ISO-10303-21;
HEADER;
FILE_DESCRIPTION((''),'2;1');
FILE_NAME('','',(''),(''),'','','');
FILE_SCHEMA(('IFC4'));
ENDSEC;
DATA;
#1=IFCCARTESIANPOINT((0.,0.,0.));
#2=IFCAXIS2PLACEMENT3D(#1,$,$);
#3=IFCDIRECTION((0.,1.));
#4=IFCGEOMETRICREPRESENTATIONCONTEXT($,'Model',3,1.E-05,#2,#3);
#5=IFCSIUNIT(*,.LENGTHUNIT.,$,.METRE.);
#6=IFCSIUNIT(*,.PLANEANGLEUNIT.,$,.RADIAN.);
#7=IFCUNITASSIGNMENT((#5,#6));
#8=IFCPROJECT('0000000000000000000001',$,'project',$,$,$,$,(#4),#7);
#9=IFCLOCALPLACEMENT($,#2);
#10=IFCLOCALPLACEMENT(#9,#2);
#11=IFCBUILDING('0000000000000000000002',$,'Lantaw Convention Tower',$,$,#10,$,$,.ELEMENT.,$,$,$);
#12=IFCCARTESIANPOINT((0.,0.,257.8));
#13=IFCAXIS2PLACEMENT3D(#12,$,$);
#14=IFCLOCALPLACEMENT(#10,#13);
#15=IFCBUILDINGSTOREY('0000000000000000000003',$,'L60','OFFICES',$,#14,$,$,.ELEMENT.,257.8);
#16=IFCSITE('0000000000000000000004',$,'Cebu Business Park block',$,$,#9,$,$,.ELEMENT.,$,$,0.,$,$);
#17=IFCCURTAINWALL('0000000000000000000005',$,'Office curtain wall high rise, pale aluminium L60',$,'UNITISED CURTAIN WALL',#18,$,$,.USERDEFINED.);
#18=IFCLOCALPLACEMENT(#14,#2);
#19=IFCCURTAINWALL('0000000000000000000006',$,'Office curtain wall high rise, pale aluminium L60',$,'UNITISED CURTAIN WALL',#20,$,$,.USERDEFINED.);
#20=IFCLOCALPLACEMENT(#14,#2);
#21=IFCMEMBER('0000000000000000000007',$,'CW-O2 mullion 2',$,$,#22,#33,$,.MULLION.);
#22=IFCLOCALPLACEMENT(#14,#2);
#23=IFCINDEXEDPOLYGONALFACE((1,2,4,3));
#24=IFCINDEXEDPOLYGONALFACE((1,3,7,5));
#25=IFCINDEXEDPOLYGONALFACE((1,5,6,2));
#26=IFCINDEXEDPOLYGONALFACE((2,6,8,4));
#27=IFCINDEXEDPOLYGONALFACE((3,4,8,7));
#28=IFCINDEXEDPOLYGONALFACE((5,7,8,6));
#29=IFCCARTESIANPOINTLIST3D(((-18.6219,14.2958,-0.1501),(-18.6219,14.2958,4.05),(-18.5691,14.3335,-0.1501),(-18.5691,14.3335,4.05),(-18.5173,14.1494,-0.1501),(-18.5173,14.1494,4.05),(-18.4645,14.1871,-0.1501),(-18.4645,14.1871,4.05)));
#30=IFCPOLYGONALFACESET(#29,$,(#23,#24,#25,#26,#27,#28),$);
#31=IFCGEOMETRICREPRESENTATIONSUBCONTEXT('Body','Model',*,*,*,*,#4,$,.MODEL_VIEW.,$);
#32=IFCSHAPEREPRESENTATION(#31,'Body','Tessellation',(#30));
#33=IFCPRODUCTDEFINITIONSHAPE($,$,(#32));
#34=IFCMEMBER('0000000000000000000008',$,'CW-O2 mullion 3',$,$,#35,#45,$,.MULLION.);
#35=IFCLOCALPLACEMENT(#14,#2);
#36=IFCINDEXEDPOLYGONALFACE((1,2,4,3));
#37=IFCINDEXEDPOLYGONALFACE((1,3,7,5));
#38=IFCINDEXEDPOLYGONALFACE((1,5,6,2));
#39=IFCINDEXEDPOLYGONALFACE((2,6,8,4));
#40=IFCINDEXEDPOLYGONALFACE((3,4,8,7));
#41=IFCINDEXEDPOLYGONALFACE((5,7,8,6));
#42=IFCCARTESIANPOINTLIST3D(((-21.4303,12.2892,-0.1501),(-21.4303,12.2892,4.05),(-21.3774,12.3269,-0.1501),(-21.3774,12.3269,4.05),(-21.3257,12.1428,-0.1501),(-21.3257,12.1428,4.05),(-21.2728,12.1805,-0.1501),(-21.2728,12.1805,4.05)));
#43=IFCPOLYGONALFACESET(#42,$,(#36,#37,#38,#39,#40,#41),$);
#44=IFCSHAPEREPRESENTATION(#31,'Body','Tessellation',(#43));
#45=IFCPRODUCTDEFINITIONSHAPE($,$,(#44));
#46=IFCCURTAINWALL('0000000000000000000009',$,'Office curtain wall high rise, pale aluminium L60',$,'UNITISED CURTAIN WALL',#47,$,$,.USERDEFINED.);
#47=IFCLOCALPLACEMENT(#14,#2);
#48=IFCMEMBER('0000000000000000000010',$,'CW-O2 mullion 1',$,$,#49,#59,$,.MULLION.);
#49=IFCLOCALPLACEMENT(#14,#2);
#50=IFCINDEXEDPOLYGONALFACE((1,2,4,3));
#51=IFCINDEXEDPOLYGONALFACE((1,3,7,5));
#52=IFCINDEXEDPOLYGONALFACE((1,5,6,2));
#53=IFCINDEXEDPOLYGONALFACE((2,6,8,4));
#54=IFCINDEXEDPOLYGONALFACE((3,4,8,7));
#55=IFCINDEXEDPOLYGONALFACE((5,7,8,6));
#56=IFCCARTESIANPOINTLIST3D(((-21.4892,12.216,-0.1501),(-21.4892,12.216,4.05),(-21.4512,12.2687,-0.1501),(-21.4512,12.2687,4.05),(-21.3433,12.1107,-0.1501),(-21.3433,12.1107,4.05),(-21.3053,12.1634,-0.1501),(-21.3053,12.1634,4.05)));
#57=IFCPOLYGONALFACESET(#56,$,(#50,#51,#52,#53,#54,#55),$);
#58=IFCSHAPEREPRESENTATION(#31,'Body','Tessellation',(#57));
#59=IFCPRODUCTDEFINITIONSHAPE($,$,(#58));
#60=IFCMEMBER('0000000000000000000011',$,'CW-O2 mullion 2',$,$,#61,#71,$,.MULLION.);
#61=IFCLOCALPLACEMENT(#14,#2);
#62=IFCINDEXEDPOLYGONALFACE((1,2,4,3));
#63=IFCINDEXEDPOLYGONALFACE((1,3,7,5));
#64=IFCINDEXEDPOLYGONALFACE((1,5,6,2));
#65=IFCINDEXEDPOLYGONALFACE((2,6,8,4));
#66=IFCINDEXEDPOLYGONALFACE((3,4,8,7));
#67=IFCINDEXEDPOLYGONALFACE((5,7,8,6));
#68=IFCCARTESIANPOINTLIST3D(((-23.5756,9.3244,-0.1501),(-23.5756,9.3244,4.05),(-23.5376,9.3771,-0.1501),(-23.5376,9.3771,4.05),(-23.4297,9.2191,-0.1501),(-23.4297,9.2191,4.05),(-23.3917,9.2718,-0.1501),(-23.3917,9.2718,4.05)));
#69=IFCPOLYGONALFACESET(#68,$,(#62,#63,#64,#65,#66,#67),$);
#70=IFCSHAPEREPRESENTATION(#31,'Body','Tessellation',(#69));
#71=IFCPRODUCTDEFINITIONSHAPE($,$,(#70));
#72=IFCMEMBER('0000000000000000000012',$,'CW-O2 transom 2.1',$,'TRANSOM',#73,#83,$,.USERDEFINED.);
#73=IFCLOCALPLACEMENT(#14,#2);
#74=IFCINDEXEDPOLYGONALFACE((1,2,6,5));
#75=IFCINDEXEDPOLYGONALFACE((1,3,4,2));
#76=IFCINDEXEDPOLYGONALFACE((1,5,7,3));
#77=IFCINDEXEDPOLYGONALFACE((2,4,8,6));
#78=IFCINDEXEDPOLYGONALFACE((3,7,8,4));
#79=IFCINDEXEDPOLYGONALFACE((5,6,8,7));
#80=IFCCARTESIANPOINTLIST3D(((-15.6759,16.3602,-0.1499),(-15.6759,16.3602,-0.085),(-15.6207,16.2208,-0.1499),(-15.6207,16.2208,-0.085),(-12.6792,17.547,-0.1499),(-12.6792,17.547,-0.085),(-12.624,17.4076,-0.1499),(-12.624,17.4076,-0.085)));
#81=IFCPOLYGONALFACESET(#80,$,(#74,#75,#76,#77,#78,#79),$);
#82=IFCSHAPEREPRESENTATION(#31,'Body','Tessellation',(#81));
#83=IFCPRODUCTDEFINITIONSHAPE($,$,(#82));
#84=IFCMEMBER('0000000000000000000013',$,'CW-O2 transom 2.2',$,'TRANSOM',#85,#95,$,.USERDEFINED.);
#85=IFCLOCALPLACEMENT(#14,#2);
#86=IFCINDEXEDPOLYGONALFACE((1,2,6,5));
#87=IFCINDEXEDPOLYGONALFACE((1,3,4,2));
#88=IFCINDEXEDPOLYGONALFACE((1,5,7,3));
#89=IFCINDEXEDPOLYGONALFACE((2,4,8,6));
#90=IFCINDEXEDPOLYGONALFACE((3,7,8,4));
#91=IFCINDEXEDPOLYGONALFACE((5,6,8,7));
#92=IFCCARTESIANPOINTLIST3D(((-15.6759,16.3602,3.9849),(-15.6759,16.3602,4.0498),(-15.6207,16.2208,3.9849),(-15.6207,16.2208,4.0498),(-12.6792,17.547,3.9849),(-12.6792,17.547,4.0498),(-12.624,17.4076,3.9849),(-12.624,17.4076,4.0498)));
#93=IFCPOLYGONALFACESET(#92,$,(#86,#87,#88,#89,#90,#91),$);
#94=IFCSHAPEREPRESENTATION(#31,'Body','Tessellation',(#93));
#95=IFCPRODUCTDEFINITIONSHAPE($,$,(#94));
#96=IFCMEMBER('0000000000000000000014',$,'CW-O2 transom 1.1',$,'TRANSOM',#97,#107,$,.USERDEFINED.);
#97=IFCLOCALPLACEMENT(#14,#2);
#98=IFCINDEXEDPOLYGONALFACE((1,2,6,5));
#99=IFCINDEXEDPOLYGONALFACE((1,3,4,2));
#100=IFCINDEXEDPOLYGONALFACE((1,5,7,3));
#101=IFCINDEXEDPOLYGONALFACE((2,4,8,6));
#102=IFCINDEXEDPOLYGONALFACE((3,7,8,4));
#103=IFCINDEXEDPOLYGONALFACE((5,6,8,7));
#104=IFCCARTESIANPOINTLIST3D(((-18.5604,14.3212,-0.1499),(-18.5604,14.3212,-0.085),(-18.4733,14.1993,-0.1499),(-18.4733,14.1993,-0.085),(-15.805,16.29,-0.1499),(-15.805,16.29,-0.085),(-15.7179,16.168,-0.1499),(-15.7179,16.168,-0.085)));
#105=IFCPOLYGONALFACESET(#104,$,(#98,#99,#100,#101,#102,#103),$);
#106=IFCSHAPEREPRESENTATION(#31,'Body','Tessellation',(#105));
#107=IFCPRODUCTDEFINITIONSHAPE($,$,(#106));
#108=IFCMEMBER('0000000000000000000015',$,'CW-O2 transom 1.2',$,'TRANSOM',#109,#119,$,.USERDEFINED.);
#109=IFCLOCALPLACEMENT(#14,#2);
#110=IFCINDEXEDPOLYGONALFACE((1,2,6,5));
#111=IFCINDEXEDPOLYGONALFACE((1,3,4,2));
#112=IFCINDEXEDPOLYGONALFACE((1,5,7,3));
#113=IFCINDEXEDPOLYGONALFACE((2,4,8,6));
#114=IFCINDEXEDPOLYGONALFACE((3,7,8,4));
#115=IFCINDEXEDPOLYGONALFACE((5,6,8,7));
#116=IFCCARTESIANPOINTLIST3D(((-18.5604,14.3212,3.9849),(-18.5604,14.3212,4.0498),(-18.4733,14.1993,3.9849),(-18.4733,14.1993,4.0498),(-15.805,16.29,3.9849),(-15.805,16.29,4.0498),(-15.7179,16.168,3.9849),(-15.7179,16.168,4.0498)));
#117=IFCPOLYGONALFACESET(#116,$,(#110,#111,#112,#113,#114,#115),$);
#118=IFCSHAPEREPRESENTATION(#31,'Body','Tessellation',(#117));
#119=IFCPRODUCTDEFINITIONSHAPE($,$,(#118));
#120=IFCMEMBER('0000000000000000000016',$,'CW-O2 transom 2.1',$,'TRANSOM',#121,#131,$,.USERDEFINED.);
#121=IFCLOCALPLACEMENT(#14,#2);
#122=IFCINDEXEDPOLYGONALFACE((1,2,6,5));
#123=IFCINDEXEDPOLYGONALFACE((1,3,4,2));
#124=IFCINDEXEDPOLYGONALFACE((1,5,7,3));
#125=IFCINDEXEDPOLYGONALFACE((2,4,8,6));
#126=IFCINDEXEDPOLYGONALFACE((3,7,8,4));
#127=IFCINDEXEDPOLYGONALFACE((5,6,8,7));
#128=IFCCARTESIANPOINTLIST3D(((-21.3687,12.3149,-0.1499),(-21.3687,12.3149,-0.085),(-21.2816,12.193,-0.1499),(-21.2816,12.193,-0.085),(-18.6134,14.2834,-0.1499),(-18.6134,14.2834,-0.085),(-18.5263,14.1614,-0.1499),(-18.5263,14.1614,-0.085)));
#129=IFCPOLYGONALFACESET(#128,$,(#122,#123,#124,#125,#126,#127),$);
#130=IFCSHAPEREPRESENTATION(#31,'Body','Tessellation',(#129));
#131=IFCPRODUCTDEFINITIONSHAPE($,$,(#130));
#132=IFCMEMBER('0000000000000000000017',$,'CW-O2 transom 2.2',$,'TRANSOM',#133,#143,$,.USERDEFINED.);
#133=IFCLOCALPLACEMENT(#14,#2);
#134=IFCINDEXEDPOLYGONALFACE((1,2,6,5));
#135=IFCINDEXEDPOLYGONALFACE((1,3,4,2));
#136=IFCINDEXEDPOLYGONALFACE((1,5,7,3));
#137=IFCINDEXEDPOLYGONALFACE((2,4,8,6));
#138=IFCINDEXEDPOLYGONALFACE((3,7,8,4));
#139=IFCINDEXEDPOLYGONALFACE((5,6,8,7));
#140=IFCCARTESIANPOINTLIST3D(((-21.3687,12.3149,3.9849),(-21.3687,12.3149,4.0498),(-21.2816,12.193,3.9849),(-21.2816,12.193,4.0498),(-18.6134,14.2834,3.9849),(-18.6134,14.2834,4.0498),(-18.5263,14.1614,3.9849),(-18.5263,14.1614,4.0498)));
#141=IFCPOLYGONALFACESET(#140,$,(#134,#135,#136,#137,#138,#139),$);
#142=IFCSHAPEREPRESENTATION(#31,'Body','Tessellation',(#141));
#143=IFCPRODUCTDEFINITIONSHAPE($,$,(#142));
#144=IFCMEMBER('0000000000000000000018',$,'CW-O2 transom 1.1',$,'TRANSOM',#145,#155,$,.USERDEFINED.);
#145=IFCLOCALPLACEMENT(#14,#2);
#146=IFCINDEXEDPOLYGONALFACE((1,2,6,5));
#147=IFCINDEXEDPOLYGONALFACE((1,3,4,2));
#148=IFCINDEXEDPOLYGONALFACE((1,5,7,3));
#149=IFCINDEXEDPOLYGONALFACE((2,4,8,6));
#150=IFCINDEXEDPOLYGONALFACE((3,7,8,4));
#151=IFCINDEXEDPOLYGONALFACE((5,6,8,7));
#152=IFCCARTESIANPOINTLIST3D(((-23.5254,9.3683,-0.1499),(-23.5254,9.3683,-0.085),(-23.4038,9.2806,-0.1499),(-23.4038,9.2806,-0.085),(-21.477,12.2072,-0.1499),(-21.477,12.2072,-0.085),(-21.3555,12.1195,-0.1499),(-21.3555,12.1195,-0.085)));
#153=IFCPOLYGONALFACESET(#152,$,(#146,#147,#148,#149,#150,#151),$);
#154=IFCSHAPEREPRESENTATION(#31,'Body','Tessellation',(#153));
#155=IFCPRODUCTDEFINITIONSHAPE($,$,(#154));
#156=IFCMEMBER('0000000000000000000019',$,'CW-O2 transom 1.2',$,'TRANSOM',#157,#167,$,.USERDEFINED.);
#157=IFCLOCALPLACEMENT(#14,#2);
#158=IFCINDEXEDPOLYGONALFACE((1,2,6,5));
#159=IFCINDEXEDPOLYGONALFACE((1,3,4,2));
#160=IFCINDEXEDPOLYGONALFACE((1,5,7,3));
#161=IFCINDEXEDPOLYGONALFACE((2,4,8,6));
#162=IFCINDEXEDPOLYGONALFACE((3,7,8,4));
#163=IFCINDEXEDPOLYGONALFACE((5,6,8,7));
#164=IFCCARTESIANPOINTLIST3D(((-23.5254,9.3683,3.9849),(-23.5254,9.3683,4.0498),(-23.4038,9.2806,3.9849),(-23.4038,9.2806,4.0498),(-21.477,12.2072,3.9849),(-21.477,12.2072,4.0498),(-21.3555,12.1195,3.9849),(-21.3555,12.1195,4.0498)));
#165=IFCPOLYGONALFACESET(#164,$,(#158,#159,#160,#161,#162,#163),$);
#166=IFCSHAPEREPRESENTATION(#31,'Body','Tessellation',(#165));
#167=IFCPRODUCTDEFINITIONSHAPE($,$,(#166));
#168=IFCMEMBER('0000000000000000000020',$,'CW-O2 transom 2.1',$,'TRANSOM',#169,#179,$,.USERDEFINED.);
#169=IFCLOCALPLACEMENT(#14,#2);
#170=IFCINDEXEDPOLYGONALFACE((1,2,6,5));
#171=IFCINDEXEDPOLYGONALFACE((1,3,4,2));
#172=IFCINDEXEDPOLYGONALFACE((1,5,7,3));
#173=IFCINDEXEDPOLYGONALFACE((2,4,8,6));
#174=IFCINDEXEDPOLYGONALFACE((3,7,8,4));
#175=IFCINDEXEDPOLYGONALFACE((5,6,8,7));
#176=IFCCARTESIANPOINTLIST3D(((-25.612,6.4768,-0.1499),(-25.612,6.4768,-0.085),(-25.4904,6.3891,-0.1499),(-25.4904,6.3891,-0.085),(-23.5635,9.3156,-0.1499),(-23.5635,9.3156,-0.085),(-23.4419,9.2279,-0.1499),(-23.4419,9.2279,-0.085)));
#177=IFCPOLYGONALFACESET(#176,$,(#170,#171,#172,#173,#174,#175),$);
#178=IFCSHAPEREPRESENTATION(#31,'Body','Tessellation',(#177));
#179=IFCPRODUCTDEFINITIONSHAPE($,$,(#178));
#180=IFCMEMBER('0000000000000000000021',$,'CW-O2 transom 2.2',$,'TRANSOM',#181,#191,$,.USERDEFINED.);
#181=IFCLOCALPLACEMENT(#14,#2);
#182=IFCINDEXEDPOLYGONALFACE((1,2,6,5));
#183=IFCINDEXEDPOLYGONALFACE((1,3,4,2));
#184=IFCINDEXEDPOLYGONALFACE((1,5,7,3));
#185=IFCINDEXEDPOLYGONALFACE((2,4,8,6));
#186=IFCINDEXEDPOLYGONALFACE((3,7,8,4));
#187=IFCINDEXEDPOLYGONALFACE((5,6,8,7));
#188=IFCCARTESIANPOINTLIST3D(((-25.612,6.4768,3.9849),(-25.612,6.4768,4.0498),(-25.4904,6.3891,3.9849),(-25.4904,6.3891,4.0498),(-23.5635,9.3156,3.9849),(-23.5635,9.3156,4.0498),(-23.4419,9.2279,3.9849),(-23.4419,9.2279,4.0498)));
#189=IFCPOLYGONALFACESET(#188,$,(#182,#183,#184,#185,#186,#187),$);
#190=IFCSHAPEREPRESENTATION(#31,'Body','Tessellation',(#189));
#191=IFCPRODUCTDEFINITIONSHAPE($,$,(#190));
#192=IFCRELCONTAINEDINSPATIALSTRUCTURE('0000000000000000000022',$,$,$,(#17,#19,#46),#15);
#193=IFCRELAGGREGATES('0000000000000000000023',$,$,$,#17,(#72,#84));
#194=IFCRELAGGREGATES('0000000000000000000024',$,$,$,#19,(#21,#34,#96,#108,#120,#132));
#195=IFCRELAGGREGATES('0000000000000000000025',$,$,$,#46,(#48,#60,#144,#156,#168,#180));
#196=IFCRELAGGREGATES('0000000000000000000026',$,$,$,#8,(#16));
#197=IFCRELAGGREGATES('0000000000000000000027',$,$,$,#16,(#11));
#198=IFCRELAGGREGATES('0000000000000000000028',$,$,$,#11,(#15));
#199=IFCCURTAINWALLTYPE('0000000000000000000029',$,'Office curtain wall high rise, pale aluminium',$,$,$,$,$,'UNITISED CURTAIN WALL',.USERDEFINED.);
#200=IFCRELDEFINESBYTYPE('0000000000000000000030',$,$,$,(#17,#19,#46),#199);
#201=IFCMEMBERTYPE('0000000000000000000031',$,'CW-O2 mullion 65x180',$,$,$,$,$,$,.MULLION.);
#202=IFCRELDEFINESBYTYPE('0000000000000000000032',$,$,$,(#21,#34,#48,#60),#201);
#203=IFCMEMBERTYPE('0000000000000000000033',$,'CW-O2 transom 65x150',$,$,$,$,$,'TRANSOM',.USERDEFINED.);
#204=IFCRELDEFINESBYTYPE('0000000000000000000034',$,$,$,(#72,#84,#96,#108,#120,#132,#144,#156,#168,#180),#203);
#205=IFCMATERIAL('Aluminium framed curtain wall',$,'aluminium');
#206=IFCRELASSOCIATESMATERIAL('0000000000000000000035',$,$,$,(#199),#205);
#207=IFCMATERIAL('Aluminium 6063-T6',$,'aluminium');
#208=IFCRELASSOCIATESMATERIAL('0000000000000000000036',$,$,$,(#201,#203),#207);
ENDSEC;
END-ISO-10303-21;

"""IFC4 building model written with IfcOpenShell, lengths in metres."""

from ifc_helpers import new_model, si_unit, direction, frame, origin, origin_2d, place, context, subcontext, project, spatial, rectangle, extrude, material, material_profile, profile_set, type_object, element, aggregate, save


model = new_model("IFC4")

# Units and contexts
model_context = context("Model", 3, precision=1e-05, world=origin(), true_north=direction((0.0, 1.0)))
body_context = subcontext(model_context, "Body", "Model", "MODEL_VIEW")
ifc_project = project(units=[si_unit("LENGTHUNIT", "METRE"), si_unit("PLANEANGLEUNIT", "RADIAN")], contexts=[model_context])

# Site, building, storey
site_placement = place(None, origin())
site = spatial("IfcSite", under=ifc_project, at=site_placement, Name="Cebu Business Park block", CompositionType="ELEMENT", RefElevation=0.0)
building_placement = place(site_placement, origin())
building = spatial("IfcBuilding", under=site, at=building_placement, Name="Lantaw Convention Tower", CompositionType="ELEMENT")
storey_placement = place(building_placement, frame((0.0, 0.0, 257.8)))
storey = spatial("IfcBuildingStorey", under=building, at=storey_placement, Name="L60", Description="OFFICES", CompositionType="ELEMENT", Elevation=257.8)

# Curtain walls, members
ifc_material_1 = material(Name="Aluminium framed curtain wall", Category="aluminium")
curtain_wall_type = type_object("IfcCurtainWallType", Name="Office curtain wall high rise, pale aluminium", ElementType="UNITISED CURTAIN WALL", PredefinedType="USERDEFINED", material=ifc_material_1)
curtain_wall_1_placement = place(storey_placement, origin())
curtain_wall_1 = element("IfcCurtainWall", 1, at=curtain_wall_1_placement, inside=storey, type_object=curtain_wall_type, Name="Office curtain wall high rise, pale aluminium L60", ObjectType="UNITISED CURTAIN WALL", PredefinedType="USERDEFINED")
ifc_material_2 = material(Name="Aluminium 6063-T6", Category="aluminium")
ifc_material_profile_1 = material_profile(ifc_material_2, rectangle(XDim=0.1799, YDim=0.0649, at=origin_2d()), Name="CW-O2 mullion 65x180")
ifc_profile_set_1 = profile_set([ifc_material_profile_1], Name="Aluminium 6063-T6")
member_type_1 = type_object("IfcMemberType", Name="CW-O2 mullion 65x180", PredefinedType="MULLION", material=ifc_profile_set_1)
curtain_wall_2_placement = place(storey_placement, origin())
curtain_wall_2 = element("IfcCurtainWall", 2, at=curtain_wall_2_placement, inside=storey, type_object=curtain_wall_type, Name="Office curtain wall high rise, pale aluminium L60", ObjectType="UNITISED CURTAIN WALL", PredefinedType="USERDEFINED")
member_1_placement = place(storey_placement, frame((-18.5432, 14.2415, -0.1501), z_axis=(0.0, 0.0, 1.0), x_axis=(0.581323, -0.813673, 0.0)))
member_1 = element("IfcMember", 3, at=member_1_placement, type_object=member_type_1, Name="CW-O2 mullion 2", PredefinedType="MULLION", context=body_context, shape_type="SweptSolid", body=[
    extrude(rectangle(XDim=0.1799, YDim=0.0649, at=origin_2d()), origin(), (0.0, 0.0, 1.0), 4.2002),
])
member_2_placement = place(storey_placement, frame((-21.3516, 12.2349, -0.1501), z_axis=(0.0, 0.0, 1.0), x_axis=(0.581323, -0.813673, 0.0)))
member_2 = element("IfcMember", 4, at=member_2_placement, type_object=member_type_1, Name="CW-O2 mullion 3", PredefinedType="MULLION", context=body_context, shape_type="SweptSolid", body=[
    extrude(rectangle(XDim=0.1799, YDim=0.0649, at=origin_2d()), origin(), (0.0, 0.0, 1.0), 4.2002),
])
curtain_wall_3_placement = place(storey_placement, origin())
curtain_wall_3 = element("IfcCurtainWall", 5, at=curtain_wall_3_placement, inside=storey, type_object=curtain_wall_type, Name="Office curtain wall high rise, pale aluminium L60", ObjectType="UNITISED CURTAIN WALL", PredefinedType="USERDEFINED")
member_3_placement = place(storey_placement, frame((-21.3972, 12.1897, -0.1501), z_axis=(0.0, 0.0, 1.0), x_axis=(0.81092, -0.585158, 0.0)))
member_3 = element("IfcMember", 6, at=member_3_placement, type_object=member_type_1, Name="CW-O2 mullion 1", PredefinedType="MULLION", context=body_context, shape_type="SweptSolid", body=[
    extrude(rectangle(XDim=0.1799, YDim=0.0649, at=origin_2d()), origin(), (0.0, 0.0, 1.0), 4.2002),
])
member_4_placement = place(storey_placement, frame((-23.4836, 9.2981, -0.1501), z_axis=(0.0, 0.0, 1.0), x_axis=(0.81092, -0.585158, 0.0)))
member_4 = element("IfcMember", 7, at=member_4_placement, type_object=member_type_1, Name="CW-O2 mullion 2", PredefinedType="MULLION", context=body_context, shape_type="SweptSolid", body=[
    extrude(rectangle(XDim=0.1799, YDim=0.0649, at=origin_2d()), origin(), (0.0, 0.0, 1.0), 4.2002),
])

# Members
ifc_material_profile_2 = material_profile(ifc_material_2, rectangle(XDim=0.1499, YDim=0.0649, at=origin_2d()), Name="CW-O2 transom 65x150")
ifc_profile_set_2 = profile_set([ifc_material_profile_2], Name="Aluminium 6063-T6")
member_type_2 = type_object("IfcMemberType", Name="CW-O2 transom 65x150", ElementType="TRANSOM", PredefinedType="USERDEFINED", material=ifc_profile_set_2)
member_5_placement = place(storey_placement, frame((-12.6516, 17.4773, -0.1174), z_axis=(-0.929741, -0.368215, 0.0), x_axis=(0.368215, -0.929741, 0.0)))
member_5 = element("IfcMember", 8, at=member_5_placement, type_object=member_type_2, Name="CW-O2 transom 2.1", ObjectType="TRANSOM", PredefinedType="USERDEFINED", context=body_context, shape_type="SweptSolid", body=[
    extrude(rectangle(XDim=0.1499, YDim=0.0649, at=origin_2d()), origin(), (0.0, 0.0, 1.0), 3.2231),
])
member_6_placement = place(storey_placement, frame((-12.6516, 17.4773, 4.0173), z_axis=(-0.929741, -0.368215, 0.0), x_axis=(0.368215, -0.929741, 0.0)))
member_6 = element("IfcMember", 9, at=member_6_placement, type_object=member_type_2, Name="CW-O2 transom 2.2", ObjectType="TRANSOM", PredefinedType="USERDEFINED", context=body_context, shape_type="SweptSolid", body=[
    extrude(rectangle(XDim=0.1499, YDim=0.0649, at=origin_2d()), origin(), (0.0, 0.0, 1.0), 3.2231),
])
member_7_placement = place(storey_placement, frame((-15.7615, 16.229, -0.1174), z_axis=(-0.813646, -0.581361, 0.0), x_axis=(0.581361, -0.813646, 0.0)))
member_7 = element("IfcMember", 10, at=member_7_placement, type_object=member_type_2, Name="CW-O2 transom 1.1", ObjectType="TRANSOM", PredefinedType="USERDEFINED", context=body_context, shape_type="SweptSolid", body=[
    extrude(rectangle(XDim=0.1499, YDim=0.0649, at=origin_2d()), origin(), (0.0, 0.0, 1.0), 3.3865),
])
member_8_placement = place(storey_placement, frame((-15.7615, 16.229, 4.0173), z_axis=(-0.813646, -0.581361, 0.0), x_axis=(0.581361, -0.813646, 0.0)))
member_8 = element("IfcMember", 11, at=member_8_placement, type_object=member_type_2, Name="CW-O2 transom 1.2", ObjectType="TRANSOM", PredefinedType="USERDEFINED", context=body_context, shape_type="SweptSolid", body=[
    extrude(rectangle(XDim=0.1499, YDim=0.0649, at=origin_2d()), origin(), (0.0, 0.0, 1.0), 3.3865),
])
member_9_placement = place(storey_placement, frame((-18.5698, 14.2224, -0.1174), z_axis=(-0.81368, -0.581313, 0.0), x_axis=(0.581313, -0.81368, 0.0)))
member_9 = element("IfcMember", 12, at=member_9_placement, type_object=member_type_2, Name="CW-O2 transom 2.1", ObjectType="TRANSOM", PredefinedType="USERDEFINED", context=body_context, shape_type="SweptSolid", body=[
    extrude(rectangle(XDim=0.1499, YDim=0.0649, at=origin_2d()), origin(), (0.0, 0.0, 1.0), 3.3862),
])
member_10_placement = place(storey_placement, frame((-18.5698, 14.2224, 4.0173), z_axis=(-0.81368, -0.581313, 0.0), x_axis=(0.581313, -0.81368, 0.0)))
member_10 = element("IfcMember", 13, at=member_10_placement, type_object=member_type_2, Name="CW-O2 transom 2.2", ObjectType="TRANSOM", PredefinedType="USERDEFINED", context=body_context, shape_type="SweptSolid", body=[
    extrude(rectangle(XDim=0.1499, YDim=0.0649, at=origin_2d()), origin(), (0.0, 0.0, 1.0), 3.3862),
])
member_11_placement = place(storey_placement, frame((-21.4163, 12.1633, -0.1174), z_axis=(-0.585124, -0.810944, 0.0), x_axis=(0.810944, -0.585124, 0.0)))
member_11 = element("IfcMember", 14, at=member_11_placement, type_object=member_type_2, Name="CW-O2 transom 1.1", ObjectType="TRANSOM", PredefinedType="USERDEFINED", context=body_context, shape_type="SweptSolid", body=[
    extrude(rectangle(XDim=0.1499, YDim=0.0649, at=origin_2d()), origin(), (0.0, 0.0, 1.0), 3.5007),
])
member_12_placement = place(storey_placement, frame((-21.4163, 12.1633, 4.0173), z_axis=(-0.585124, -0.810944, 0.0), x_axis=(0.810944, -0.585124, 0.0)))
member_12 = element("IfcMember", 15, at=member_12_placement, type_object=member_type_2, Name="CW-O2 transom 1.2", ObjectType="TRANSOM", PredefinedType="USERDEFINED", context=body_context, shape_type="SweptSolid", body=[
    extrude(rectangle(XDim=0.1499, YDim=0.0649, at=origin_2d()), origin(), (0.0, 0.0, 1.0), 3.5007),
])
member_13_placement = place(storey_placement, frame((-23.5027, 9.2717, -0.1174), z_axis=(-0.58517, -0.810911, 0.0), x_axis=(0.810911, -0.58517, 0.0)))
member_13 = element("IfcMember", 16, at=member_13_placement, type_object=member_type_2, Name="CW-O2 transom 2.1", ObjectType="TRANSOM", PredefinedType="USERDEFINED", context=body_context, shape_type="SweptSolid", body=[
    extrude(rectangle(XDim=0.1499, YDim=0.0649, at=origin_2d()), origin(), (0.0, 0.0, 1.0), 3.5007),
])
member_14_placement = place(storey_placement, frame((-23.5027, 9.2717, 4.0173), z_axis=(-0.58517, -0.810911, 0.0), x_axis=(0.810911, -0.58517, 0.0)))
member_14 = element("IfcMember", 17, at=member_14_placement, type_object=member_type_2, Name="CW-O2 transom 2.2", ObjectType="TRANSOM", PredefinedType="USERDEFINED", context=body_context, shape_type="SweptSolid", body=[
    extrude(rectangle(XDim=0.1499, YDim=0.0649, at=origin_2d()), origin(), (0.0, 0.0, 1.0), 3.5007),
])

aggregate(curtain_wall_1, [member_5, member_6])
aggregate(curtain_wall_2, [member_1, member_2, member_7, member_8, member_9, member_10])
aggregate(curtain_wall_3, [member_3, member_4, member_11, member_12, member_13, member_14])

save(model, "model.ifc")
